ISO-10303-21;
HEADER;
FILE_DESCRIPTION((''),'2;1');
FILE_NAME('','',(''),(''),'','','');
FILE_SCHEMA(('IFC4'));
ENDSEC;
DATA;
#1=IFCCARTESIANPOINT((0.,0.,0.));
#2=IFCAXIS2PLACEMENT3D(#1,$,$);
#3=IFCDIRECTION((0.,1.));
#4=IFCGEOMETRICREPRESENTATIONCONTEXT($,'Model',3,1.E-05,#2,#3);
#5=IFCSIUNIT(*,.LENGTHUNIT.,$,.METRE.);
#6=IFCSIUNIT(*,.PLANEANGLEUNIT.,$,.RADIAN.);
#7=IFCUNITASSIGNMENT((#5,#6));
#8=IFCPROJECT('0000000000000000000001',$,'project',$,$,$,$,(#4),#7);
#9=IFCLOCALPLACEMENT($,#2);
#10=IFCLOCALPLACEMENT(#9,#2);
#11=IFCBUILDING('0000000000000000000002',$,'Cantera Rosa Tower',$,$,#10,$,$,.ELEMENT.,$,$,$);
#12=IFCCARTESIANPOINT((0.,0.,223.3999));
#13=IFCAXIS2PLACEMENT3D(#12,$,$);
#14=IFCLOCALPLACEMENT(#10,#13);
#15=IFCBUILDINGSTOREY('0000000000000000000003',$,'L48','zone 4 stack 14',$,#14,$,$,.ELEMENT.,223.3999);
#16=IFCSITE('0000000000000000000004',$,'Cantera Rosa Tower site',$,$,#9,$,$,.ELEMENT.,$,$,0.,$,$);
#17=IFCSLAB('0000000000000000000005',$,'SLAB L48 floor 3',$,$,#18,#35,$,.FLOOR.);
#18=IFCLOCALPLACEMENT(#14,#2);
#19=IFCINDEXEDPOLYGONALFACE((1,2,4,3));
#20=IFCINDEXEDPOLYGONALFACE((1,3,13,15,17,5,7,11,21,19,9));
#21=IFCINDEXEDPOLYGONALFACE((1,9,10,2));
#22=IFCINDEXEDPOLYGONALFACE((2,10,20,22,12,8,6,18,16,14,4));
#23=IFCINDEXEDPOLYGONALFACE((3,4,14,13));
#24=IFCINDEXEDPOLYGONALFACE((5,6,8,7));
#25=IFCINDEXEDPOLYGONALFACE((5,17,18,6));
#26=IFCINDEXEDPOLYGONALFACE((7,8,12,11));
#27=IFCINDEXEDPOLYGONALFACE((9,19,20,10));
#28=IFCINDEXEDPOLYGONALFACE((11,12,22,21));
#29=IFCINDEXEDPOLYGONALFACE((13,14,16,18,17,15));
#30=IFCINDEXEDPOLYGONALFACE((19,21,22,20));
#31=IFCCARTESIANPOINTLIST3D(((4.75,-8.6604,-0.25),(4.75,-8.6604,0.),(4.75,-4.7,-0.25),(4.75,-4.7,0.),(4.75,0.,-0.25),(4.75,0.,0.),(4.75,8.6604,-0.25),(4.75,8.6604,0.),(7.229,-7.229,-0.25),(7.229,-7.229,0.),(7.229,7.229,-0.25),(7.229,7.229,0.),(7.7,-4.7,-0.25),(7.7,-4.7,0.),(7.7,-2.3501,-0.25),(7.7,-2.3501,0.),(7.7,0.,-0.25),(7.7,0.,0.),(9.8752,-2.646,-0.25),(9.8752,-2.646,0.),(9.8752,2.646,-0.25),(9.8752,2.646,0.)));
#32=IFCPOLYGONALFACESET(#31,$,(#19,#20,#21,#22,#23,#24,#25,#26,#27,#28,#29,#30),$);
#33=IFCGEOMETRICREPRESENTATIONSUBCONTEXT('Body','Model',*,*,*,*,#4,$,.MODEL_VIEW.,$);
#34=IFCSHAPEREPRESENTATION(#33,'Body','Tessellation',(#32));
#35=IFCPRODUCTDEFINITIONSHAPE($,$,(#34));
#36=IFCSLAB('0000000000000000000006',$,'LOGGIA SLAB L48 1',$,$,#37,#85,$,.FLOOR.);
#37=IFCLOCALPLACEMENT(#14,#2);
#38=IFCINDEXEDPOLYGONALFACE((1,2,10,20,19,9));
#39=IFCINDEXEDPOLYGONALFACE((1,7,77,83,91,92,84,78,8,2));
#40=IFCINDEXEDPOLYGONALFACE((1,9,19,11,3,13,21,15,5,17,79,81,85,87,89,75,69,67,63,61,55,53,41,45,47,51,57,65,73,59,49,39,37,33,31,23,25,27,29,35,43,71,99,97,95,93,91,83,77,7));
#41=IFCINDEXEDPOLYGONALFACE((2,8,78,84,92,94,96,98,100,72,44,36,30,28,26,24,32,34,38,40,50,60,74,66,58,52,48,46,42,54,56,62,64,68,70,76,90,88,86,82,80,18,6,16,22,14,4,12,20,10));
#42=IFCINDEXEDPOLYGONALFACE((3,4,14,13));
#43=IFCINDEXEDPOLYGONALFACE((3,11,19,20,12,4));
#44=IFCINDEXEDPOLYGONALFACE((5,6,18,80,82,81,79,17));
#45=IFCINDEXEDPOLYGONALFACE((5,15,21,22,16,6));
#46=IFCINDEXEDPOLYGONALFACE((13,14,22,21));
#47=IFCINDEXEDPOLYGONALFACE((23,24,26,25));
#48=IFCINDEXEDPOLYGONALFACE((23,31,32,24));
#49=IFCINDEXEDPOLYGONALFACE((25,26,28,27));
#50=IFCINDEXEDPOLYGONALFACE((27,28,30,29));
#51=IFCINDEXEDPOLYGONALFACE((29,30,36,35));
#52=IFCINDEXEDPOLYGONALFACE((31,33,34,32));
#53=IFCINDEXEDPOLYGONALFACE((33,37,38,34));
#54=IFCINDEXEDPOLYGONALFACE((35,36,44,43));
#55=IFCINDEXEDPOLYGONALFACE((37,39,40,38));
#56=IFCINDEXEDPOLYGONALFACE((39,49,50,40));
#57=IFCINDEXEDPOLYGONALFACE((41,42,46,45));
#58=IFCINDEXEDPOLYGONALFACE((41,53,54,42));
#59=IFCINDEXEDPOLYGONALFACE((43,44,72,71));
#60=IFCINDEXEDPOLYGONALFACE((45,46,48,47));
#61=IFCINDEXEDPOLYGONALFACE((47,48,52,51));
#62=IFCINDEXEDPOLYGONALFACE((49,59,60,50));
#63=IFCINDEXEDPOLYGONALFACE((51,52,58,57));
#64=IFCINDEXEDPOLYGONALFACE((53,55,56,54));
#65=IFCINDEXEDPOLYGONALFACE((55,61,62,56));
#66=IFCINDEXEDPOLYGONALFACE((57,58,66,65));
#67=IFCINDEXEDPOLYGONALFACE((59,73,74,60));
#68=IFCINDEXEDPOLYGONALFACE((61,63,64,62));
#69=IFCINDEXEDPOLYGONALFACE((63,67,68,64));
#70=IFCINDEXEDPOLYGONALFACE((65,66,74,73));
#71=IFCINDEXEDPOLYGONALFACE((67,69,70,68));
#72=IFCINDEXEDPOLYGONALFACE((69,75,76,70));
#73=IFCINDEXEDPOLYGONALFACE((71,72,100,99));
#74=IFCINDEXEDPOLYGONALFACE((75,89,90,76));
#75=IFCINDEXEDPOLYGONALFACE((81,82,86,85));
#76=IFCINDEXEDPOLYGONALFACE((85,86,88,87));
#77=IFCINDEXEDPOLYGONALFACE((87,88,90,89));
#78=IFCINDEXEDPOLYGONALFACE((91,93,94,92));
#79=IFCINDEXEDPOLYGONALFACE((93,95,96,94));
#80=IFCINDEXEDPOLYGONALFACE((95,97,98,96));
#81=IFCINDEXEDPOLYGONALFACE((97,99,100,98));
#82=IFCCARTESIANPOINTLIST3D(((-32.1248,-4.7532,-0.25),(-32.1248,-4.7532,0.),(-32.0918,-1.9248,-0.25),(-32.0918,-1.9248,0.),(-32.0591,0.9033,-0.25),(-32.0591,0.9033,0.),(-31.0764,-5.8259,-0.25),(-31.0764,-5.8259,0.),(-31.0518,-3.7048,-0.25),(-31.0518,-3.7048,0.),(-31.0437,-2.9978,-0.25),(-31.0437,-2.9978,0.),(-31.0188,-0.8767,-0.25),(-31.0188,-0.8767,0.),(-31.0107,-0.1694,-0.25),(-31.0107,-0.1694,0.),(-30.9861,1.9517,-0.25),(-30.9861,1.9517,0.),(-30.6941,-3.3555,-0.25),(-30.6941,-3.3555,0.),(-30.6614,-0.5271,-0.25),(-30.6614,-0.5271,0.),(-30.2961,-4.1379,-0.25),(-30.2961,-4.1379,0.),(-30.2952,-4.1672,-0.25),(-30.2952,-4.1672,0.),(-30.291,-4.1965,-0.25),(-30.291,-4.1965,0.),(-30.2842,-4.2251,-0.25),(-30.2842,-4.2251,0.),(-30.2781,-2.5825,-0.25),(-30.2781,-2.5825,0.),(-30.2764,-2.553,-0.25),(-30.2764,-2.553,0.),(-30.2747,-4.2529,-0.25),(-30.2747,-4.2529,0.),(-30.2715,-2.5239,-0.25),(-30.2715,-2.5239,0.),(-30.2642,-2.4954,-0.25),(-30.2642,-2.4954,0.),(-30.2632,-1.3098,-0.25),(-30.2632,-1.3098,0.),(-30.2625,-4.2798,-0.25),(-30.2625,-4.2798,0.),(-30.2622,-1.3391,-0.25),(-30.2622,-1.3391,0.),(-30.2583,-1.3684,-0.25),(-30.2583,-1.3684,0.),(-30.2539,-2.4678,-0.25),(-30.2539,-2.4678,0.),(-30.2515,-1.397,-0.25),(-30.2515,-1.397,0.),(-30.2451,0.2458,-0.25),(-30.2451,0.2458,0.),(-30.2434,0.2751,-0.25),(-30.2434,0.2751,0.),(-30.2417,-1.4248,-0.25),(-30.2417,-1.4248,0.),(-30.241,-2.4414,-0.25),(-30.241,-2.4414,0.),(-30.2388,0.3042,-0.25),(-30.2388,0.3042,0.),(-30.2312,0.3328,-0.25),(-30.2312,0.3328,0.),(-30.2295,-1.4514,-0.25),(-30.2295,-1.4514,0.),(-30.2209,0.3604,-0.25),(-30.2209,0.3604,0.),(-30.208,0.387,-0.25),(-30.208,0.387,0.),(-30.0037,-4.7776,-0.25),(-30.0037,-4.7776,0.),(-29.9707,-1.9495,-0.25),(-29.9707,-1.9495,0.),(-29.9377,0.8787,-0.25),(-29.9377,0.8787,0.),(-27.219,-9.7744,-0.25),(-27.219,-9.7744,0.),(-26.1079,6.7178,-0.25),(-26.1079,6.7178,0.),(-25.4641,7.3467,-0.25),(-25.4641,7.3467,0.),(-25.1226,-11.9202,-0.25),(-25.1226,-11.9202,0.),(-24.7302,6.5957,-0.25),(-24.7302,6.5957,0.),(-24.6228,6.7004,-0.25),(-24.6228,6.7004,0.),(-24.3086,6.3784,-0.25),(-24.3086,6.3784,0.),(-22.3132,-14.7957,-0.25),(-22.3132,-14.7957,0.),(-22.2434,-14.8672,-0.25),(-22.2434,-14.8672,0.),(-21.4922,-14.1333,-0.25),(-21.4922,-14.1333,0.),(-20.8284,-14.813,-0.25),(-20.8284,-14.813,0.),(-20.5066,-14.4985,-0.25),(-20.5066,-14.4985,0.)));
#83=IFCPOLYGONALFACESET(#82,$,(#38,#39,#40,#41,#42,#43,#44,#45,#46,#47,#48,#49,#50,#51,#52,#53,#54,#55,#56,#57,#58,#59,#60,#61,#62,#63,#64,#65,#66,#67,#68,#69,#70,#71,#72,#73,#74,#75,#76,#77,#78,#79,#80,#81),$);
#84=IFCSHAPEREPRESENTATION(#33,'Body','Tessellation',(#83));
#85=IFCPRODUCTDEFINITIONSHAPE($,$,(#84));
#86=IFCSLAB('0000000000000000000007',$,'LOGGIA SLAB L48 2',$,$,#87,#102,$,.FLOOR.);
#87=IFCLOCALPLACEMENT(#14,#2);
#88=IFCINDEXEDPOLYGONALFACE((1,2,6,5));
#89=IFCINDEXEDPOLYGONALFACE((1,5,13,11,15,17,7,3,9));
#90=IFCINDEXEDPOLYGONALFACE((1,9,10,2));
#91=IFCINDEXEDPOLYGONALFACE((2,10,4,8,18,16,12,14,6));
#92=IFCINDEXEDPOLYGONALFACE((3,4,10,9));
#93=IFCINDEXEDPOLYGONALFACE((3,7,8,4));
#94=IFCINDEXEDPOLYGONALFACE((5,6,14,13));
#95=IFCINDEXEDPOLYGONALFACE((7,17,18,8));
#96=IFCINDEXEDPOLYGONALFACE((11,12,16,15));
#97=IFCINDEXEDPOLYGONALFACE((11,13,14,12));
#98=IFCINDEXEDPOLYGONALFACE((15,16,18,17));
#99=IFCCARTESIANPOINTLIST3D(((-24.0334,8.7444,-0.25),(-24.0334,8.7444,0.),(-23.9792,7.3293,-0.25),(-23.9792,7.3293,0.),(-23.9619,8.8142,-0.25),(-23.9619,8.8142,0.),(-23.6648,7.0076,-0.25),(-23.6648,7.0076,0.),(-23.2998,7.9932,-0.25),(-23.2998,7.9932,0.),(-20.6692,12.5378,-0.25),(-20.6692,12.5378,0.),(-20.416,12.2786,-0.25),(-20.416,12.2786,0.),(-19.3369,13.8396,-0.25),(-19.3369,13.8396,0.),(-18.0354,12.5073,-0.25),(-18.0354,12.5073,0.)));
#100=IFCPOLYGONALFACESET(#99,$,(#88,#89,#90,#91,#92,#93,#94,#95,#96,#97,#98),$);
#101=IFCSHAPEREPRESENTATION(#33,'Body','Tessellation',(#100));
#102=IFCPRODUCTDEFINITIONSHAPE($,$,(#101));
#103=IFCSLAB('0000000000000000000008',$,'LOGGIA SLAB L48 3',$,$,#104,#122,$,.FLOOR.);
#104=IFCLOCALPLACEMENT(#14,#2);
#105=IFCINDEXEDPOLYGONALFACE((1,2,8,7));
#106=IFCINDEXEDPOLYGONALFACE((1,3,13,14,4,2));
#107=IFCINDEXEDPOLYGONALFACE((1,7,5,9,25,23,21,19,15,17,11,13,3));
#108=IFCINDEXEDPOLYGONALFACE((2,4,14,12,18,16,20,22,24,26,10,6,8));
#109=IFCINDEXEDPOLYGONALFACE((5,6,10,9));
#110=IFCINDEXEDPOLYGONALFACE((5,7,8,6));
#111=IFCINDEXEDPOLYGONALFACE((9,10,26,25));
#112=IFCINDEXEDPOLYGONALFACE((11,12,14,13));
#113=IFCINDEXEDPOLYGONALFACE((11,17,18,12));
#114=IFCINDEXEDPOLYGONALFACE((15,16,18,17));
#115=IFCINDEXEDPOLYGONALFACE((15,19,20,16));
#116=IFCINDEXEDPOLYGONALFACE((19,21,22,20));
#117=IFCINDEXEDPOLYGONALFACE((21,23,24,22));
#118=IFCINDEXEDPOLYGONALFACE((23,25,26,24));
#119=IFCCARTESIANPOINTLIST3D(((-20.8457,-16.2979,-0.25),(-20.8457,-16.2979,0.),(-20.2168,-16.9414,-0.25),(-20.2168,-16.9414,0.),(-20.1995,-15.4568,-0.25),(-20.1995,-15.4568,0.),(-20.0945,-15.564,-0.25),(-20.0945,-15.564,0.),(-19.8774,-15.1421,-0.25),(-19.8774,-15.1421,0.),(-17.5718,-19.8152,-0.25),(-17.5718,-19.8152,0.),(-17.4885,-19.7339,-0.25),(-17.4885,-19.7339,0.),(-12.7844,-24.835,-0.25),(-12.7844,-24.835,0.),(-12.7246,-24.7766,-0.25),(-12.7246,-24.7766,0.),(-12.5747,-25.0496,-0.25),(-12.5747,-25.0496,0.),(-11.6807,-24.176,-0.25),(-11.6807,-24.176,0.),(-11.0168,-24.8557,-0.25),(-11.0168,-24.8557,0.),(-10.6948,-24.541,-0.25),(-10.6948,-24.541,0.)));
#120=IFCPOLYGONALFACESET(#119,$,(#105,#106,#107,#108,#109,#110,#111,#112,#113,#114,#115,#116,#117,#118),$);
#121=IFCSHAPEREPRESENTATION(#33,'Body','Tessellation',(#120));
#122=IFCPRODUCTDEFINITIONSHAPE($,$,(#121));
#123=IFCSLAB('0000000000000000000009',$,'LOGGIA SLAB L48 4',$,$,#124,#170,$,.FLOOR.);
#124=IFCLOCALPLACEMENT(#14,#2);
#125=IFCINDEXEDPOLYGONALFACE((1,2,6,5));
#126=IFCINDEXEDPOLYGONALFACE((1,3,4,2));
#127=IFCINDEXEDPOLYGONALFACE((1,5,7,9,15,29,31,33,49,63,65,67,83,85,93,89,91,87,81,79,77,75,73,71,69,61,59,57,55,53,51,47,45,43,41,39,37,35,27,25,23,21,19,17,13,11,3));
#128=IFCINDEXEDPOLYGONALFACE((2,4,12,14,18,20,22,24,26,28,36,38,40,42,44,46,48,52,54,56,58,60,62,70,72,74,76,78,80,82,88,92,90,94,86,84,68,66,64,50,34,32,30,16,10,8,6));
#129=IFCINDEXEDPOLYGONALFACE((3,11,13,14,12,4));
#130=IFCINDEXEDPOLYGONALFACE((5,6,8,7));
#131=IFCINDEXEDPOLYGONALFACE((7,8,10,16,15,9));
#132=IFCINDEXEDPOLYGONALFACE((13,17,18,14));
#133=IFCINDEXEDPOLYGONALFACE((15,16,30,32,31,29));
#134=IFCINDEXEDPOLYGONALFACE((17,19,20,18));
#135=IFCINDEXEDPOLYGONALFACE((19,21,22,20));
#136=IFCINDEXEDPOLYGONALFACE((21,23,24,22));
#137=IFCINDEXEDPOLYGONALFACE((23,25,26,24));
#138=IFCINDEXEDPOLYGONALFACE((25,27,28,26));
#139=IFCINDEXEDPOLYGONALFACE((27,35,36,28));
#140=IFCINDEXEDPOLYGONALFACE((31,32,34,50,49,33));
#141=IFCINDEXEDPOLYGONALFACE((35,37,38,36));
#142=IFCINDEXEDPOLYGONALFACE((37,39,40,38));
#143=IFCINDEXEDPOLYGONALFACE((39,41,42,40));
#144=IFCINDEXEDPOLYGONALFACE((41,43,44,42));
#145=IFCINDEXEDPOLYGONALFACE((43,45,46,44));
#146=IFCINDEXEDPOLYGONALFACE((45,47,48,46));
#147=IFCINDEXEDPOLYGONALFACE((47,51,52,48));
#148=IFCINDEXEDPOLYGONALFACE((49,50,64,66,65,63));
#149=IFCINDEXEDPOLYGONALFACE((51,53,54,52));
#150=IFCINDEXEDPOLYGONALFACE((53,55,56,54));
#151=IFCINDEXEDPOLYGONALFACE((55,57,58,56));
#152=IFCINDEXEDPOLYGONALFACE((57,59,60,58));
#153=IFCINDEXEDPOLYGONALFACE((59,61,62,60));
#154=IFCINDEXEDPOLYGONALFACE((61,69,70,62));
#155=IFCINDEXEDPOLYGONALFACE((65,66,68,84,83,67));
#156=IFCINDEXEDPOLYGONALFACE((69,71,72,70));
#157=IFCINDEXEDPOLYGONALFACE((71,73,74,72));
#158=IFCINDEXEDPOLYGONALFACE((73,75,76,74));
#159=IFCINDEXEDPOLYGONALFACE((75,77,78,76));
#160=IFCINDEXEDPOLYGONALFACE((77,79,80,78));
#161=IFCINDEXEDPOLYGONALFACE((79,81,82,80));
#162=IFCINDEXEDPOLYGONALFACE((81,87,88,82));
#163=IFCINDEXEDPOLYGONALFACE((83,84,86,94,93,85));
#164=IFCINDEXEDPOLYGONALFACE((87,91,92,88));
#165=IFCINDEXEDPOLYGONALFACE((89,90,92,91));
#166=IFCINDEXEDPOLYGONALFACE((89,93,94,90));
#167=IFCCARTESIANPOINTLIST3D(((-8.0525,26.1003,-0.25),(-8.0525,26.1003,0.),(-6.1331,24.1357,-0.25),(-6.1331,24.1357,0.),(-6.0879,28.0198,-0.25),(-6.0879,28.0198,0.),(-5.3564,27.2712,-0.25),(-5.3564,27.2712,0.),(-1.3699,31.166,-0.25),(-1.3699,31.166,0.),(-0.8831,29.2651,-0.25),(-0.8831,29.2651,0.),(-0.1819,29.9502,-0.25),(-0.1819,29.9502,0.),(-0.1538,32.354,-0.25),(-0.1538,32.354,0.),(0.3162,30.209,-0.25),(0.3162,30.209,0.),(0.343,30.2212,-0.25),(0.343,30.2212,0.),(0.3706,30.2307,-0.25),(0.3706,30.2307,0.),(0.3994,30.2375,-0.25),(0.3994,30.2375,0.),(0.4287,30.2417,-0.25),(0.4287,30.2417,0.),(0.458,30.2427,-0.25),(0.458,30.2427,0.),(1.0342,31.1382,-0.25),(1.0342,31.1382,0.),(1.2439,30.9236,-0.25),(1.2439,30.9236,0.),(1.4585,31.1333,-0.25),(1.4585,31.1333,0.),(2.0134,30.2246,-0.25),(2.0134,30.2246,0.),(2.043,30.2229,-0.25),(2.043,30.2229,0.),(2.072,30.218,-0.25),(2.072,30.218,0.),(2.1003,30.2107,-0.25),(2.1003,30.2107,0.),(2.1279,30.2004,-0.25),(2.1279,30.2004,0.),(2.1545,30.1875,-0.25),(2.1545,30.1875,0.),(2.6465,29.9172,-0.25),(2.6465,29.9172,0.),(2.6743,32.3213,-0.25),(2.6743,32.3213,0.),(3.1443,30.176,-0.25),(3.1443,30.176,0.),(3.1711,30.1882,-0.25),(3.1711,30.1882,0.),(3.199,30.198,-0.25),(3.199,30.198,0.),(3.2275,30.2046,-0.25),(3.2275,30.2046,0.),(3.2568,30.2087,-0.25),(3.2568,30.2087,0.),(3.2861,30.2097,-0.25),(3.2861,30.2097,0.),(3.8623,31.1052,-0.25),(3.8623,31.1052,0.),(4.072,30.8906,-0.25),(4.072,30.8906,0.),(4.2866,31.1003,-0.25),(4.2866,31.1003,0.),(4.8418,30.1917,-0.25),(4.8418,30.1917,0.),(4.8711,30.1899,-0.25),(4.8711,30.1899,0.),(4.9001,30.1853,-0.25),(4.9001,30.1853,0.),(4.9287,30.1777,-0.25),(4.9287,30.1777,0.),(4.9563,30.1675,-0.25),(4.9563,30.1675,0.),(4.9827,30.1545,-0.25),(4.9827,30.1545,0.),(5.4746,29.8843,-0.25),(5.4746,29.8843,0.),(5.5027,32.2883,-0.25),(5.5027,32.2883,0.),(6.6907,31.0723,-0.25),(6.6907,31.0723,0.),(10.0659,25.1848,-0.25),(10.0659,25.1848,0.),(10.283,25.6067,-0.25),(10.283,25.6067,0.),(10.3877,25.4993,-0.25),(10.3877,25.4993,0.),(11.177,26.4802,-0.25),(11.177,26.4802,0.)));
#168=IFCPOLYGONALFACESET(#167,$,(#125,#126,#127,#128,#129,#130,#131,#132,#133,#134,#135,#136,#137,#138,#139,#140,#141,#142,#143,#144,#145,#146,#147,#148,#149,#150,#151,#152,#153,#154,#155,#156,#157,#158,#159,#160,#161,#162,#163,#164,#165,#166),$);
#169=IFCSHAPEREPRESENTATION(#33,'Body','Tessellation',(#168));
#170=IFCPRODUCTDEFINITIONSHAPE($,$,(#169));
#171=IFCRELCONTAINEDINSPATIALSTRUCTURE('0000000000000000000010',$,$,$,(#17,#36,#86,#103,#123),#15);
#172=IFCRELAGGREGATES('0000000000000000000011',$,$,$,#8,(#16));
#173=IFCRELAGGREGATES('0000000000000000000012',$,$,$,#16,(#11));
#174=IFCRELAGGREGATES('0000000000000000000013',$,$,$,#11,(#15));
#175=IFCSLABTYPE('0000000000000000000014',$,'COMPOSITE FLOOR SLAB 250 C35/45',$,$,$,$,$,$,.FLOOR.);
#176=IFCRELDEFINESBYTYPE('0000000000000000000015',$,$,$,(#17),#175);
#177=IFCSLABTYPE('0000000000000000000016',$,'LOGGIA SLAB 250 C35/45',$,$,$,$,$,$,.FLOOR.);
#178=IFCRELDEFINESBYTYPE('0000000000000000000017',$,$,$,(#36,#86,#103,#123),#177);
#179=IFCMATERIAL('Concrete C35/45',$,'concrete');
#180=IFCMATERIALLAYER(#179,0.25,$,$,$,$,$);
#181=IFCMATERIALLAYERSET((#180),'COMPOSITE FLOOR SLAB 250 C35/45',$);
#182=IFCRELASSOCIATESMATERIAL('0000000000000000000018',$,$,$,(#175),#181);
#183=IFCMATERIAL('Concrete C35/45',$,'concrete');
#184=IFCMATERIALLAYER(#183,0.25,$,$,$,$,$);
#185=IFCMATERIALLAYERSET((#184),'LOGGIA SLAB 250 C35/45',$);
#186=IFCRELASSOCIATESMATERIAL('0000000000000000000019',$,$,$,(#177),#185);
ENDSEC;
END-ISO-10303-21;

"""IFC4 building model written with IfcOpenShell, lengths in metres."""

from ifc_helpers import new_model, si_unit, direction, frame, origin, place, context, subcontext, project, spatial, polyline, outline, extrude, material, layer, layer_set, type_object, element, save


model = new_model("IFC4")

# Units and contexts
model_context = context("Model", 3, precision=1e-05, world=origin(), true_north=direction((0.0, 1.0)))
body_context = subcontext(model_context, "Body", "Model", "MODEL_VIEW")
ifc_project = project(units=[si_unit("LENGTHUNIT", "METRE"), si_unit("PLANEANGLEUNIT", "RADIAN")], contexts=[model_context])

# Site, building, storey
site_placement = place(None, origin())
site = spatial("IfcSite", under=ifc_project, at=site_placement, Name="Cantera Rosa Tower site", CompositionType="ELEMENT", RefElevation=0.0)
building_placement = place(site_placement, origin())
building = spatial("IfcBuilding", under=site, at=building_placement, Name="Cantera Rosa Tower", CompositionType="ELEMENT")
storey_placement = place(building_placement, frame((0.0, 0.0, 223.3999)))
storey = spatial("IfcBuildingStorey", under=building, at=storey_placement, Name="L48", Description="zone 4 stack 14", CompositionType="ELEMENT", Elevation=223.3999)

# Slabs
ifc_material_1 = material(Name="Concrete C35/45", Category="concrete")
ifc_layer_1 = layer(ifc_material_1, 0.25)
ifc_layer_set_1 = layer_set([ifc_layer_1], Name="COMPOSITE FLOOR SLAB 250 C35/45")
slab_type_1 = type_object("IfcSlabType", Name="COMPOSITE FLOOR SLAB 250 C35/45", PredefinedType="FLOOR", material=ifc_layer_set_1)
slab_1_placement = place(storey_placement, frame((0.0, 0.0, -0.25)))
element("IfcSlab", 1, at=slab_1_placement, inside=storey, type_object=slab_type_1, Name="SLAB L48 floor 3", PredefinedType="FLOOR", context=body_context, shape_type="SweptSolid", body=[
    extrude(outline(polyline([(7.7, -2.3501), (7.7, 0.0), (4.75, 0.0), (4.75, 8.6604), (7.229, 7.229), (9.8752, 2.646), (9.8752, -2.646), (7.229, -7.229), (4.75, -8.6604), (4.75, -4.7), (7.7, -4.7), (7.7, -2.3501)])), origin(), (0.0, 0.0, 1.0), 0.25),
])
ifc_material_2 = material(Name="Concrete C35/45", Category="concrete")
ifc_layer_2 = layer(ifc_material_2, 0.25)
ifc_layer_set_2 = layer_set([ifc_layer_2], Name="LOGGIA SLAB 250 C35/45")
slab_type_2 = type_object("IfcSlabType", Name="LOGGIA SLAB 250 C35/45", PredefinedType="FLOOR", material=ifc_layer_set_2)
slab_2_placement = place(storey_placement, frame((0.0, 0.0, -0.25)))
element("IfcSlab", 2, at=slab_2_placement, inside=storey, type_object=slab_type_2, Name="LOGGIA SLAB L48 1", PredefinedType="FLOOR", context=body_context, shape_type="SweptSolid", body=[
    extrude(outline(polyline([(-27.219, -9.7744), (-31.0764, -5.8259), (-32.1248, -4.7532), (-31.0518, -3.7048), (-30.6941, -3.3555), (-31.0437, -2.9978), (-32.0918, -1.9248), (-31.0188, -0.8767), (-30.6614, -0.5271), (-31.0107, -0.1694), (-32.0591, 0.9033), (-30.9861, 1.9517), (-26.1079, 6.7178), (-25.4641, 7.3467), (-24.7302, 6.5957), (-24.6228, 6.7004), (-24.3086, 6.3784), (-29.9377, 0.8787), (-30.208, 0.387), (-30.2209, 0.3604), (-30.2312, 0.3328), (-30.2388, 0.3042), (-30.2434, 0.2751), (-30.2451, 0.2458), (-30.2632, -1.3098), (-30.2622, -1.3391), (-30.2583, -1.3684), (-30.2515, -1.397), (-30.2417, -1.4248), (-30.2295, -1.4514), (-29.9707, -1.9495), (-30.241, -2.4414), (-30.2539, -2.4678), (-30.2642, -2.4954), (-30.2715, -2.5239), (-30.2764, -2.553), (-30.2781, -2.5825), (-30.2961, -4.1379), (-30.2952, -4.1672), (-30.291, -4.1965), (-30.2842, -4.2251), (-30.2747, -4.2529), (-30.2625, -4.2798), (-30.0037, -4.7776), (-20.5066, -14.4985), (-20.8284, -14.813), (-21.4922, -14.1333), (-22.2434, -14.8672), (-22.3132, -14.7957), (-25.1226, -11.9202), (-27.219, -9.7744)])), origin(), (0.0, 0.0, 1.0), 0.25),
])
slab_3_placement = place(storey_placement, frame((0.0, 0.0, -0.25)))
element("IfcSlab", 3, at=slab_3_placement, inside=storey, type_object=slab_type_2, Name="LOGGIA SLAB L48 2", PredefinedType="FLOOR", context=body_context, shape_type="SweptSolid", body=[
    extrude(outline(polyline([(-20.6692, 12.5378), (-19.3369, 13.8396), (-18.0354, 12.5073), (-23.6648, 7.0076), (-23.9792, 7.3293), (-23.2998, 7.9932), (-24.0334, 8.7444), (-23.9619, 8.8142), (-20.416, 12.2786), (-20.6692, 12.5378)])), origin(), (0.0, 0.0, 1.0), 0.25),
])
slab_4_placement = place(storey_placement, frame((0.0, 0.0, -0.25)))
element("IfcSlab", 4, at=slab_4_placement, inside=storey, type_object=slab_type_2, Name="LOGGIA SLAB L48 3", PredefinedType="FLOOR", context=body_context, shape_type="SweptSolid", body=[
    extrude(outline(polyline([(-17.5718, -19.8152), (-17.4885, -19.7339), (-20.2168, -16.9414), (-20.8457, -16.2979), (-20.0945, -15.564), (-20.1995, -15.4568), (-19.8774, -15.1421), (-10.6948, -24.541), (-11.0168, -24.8557), (-11.6807, -24.176), (-12.5747, -25.0496), (-12.7844, -24.835), (-12.7246, -24.7766), (-17.5718, -19.8152)])), origin(), (0.0, 0.0, 1.0), 0.25),
])
slab_5_placement = place(storey_placement, frame((0.0, 0.0, -0.25)))
element("IfcSlab", 5, at=slab_5_placement, inside=storey, type_object=slab_type_2, Name="LOGGIA SLAB L48 4", PredefinedType="FLOOR", context=body_context, shape_type="SweptSolid", body=[
    extrude(outline(polyline([(-1.3699, 31.166), (-0.1538, 32.354), (1.0342, 31.1382), (1.2439, 30.9236), (1.4585, 31.1333), (2.6743, 32.3213), (3.8623, 31.1052), (4.072, 30.8906), (4.2866, 31.1003), (5.5027, 32.2883), (6.6907, 31.0723), (11.177, 26.4802), (10.283, 25.6067), (10.3877, 25.4993), (10.0659, 25.1848), (5.4746, 29.8843), (4.9827, 30.1545), (4.9563, 30.1675), (4.9287, 30.1777), (4.9001, 30.1853), (4.8711, 30.1899), (4.8418, 30.1917), (3.2861, 30.2097), (3.2568, 30.2087), (3.2275, 30.2046), (3.199, 30.198), (3.1711, 30.1882), (3.1443, 30.176), (2.6465, 29.9172), (2.1545, 30.1875), (2.1279, 30.2004), (2.1003, 30.2107), (2.072, 30.218), (2.043, 30.2229), (2.0134, 30.2246), (0.458, 30.2427), (0.4287, 30.2417), (0.3994, 30.2375), (0.3706, 30.2307), (0.343, 30.2212), (0.3162, 30.209), (-0.1819, 29.9502), (-0.8831, 29.2651), (-6.1331, 24.1357), (-8.0525, 26.1003), (-6.0879, 28.0198), (-5.3564, 27.2712), (-1.3699, 31.166)])), origin(), (0.0, 0.0, 1.0), 0.25),
])

save(model, "model.ifc")
